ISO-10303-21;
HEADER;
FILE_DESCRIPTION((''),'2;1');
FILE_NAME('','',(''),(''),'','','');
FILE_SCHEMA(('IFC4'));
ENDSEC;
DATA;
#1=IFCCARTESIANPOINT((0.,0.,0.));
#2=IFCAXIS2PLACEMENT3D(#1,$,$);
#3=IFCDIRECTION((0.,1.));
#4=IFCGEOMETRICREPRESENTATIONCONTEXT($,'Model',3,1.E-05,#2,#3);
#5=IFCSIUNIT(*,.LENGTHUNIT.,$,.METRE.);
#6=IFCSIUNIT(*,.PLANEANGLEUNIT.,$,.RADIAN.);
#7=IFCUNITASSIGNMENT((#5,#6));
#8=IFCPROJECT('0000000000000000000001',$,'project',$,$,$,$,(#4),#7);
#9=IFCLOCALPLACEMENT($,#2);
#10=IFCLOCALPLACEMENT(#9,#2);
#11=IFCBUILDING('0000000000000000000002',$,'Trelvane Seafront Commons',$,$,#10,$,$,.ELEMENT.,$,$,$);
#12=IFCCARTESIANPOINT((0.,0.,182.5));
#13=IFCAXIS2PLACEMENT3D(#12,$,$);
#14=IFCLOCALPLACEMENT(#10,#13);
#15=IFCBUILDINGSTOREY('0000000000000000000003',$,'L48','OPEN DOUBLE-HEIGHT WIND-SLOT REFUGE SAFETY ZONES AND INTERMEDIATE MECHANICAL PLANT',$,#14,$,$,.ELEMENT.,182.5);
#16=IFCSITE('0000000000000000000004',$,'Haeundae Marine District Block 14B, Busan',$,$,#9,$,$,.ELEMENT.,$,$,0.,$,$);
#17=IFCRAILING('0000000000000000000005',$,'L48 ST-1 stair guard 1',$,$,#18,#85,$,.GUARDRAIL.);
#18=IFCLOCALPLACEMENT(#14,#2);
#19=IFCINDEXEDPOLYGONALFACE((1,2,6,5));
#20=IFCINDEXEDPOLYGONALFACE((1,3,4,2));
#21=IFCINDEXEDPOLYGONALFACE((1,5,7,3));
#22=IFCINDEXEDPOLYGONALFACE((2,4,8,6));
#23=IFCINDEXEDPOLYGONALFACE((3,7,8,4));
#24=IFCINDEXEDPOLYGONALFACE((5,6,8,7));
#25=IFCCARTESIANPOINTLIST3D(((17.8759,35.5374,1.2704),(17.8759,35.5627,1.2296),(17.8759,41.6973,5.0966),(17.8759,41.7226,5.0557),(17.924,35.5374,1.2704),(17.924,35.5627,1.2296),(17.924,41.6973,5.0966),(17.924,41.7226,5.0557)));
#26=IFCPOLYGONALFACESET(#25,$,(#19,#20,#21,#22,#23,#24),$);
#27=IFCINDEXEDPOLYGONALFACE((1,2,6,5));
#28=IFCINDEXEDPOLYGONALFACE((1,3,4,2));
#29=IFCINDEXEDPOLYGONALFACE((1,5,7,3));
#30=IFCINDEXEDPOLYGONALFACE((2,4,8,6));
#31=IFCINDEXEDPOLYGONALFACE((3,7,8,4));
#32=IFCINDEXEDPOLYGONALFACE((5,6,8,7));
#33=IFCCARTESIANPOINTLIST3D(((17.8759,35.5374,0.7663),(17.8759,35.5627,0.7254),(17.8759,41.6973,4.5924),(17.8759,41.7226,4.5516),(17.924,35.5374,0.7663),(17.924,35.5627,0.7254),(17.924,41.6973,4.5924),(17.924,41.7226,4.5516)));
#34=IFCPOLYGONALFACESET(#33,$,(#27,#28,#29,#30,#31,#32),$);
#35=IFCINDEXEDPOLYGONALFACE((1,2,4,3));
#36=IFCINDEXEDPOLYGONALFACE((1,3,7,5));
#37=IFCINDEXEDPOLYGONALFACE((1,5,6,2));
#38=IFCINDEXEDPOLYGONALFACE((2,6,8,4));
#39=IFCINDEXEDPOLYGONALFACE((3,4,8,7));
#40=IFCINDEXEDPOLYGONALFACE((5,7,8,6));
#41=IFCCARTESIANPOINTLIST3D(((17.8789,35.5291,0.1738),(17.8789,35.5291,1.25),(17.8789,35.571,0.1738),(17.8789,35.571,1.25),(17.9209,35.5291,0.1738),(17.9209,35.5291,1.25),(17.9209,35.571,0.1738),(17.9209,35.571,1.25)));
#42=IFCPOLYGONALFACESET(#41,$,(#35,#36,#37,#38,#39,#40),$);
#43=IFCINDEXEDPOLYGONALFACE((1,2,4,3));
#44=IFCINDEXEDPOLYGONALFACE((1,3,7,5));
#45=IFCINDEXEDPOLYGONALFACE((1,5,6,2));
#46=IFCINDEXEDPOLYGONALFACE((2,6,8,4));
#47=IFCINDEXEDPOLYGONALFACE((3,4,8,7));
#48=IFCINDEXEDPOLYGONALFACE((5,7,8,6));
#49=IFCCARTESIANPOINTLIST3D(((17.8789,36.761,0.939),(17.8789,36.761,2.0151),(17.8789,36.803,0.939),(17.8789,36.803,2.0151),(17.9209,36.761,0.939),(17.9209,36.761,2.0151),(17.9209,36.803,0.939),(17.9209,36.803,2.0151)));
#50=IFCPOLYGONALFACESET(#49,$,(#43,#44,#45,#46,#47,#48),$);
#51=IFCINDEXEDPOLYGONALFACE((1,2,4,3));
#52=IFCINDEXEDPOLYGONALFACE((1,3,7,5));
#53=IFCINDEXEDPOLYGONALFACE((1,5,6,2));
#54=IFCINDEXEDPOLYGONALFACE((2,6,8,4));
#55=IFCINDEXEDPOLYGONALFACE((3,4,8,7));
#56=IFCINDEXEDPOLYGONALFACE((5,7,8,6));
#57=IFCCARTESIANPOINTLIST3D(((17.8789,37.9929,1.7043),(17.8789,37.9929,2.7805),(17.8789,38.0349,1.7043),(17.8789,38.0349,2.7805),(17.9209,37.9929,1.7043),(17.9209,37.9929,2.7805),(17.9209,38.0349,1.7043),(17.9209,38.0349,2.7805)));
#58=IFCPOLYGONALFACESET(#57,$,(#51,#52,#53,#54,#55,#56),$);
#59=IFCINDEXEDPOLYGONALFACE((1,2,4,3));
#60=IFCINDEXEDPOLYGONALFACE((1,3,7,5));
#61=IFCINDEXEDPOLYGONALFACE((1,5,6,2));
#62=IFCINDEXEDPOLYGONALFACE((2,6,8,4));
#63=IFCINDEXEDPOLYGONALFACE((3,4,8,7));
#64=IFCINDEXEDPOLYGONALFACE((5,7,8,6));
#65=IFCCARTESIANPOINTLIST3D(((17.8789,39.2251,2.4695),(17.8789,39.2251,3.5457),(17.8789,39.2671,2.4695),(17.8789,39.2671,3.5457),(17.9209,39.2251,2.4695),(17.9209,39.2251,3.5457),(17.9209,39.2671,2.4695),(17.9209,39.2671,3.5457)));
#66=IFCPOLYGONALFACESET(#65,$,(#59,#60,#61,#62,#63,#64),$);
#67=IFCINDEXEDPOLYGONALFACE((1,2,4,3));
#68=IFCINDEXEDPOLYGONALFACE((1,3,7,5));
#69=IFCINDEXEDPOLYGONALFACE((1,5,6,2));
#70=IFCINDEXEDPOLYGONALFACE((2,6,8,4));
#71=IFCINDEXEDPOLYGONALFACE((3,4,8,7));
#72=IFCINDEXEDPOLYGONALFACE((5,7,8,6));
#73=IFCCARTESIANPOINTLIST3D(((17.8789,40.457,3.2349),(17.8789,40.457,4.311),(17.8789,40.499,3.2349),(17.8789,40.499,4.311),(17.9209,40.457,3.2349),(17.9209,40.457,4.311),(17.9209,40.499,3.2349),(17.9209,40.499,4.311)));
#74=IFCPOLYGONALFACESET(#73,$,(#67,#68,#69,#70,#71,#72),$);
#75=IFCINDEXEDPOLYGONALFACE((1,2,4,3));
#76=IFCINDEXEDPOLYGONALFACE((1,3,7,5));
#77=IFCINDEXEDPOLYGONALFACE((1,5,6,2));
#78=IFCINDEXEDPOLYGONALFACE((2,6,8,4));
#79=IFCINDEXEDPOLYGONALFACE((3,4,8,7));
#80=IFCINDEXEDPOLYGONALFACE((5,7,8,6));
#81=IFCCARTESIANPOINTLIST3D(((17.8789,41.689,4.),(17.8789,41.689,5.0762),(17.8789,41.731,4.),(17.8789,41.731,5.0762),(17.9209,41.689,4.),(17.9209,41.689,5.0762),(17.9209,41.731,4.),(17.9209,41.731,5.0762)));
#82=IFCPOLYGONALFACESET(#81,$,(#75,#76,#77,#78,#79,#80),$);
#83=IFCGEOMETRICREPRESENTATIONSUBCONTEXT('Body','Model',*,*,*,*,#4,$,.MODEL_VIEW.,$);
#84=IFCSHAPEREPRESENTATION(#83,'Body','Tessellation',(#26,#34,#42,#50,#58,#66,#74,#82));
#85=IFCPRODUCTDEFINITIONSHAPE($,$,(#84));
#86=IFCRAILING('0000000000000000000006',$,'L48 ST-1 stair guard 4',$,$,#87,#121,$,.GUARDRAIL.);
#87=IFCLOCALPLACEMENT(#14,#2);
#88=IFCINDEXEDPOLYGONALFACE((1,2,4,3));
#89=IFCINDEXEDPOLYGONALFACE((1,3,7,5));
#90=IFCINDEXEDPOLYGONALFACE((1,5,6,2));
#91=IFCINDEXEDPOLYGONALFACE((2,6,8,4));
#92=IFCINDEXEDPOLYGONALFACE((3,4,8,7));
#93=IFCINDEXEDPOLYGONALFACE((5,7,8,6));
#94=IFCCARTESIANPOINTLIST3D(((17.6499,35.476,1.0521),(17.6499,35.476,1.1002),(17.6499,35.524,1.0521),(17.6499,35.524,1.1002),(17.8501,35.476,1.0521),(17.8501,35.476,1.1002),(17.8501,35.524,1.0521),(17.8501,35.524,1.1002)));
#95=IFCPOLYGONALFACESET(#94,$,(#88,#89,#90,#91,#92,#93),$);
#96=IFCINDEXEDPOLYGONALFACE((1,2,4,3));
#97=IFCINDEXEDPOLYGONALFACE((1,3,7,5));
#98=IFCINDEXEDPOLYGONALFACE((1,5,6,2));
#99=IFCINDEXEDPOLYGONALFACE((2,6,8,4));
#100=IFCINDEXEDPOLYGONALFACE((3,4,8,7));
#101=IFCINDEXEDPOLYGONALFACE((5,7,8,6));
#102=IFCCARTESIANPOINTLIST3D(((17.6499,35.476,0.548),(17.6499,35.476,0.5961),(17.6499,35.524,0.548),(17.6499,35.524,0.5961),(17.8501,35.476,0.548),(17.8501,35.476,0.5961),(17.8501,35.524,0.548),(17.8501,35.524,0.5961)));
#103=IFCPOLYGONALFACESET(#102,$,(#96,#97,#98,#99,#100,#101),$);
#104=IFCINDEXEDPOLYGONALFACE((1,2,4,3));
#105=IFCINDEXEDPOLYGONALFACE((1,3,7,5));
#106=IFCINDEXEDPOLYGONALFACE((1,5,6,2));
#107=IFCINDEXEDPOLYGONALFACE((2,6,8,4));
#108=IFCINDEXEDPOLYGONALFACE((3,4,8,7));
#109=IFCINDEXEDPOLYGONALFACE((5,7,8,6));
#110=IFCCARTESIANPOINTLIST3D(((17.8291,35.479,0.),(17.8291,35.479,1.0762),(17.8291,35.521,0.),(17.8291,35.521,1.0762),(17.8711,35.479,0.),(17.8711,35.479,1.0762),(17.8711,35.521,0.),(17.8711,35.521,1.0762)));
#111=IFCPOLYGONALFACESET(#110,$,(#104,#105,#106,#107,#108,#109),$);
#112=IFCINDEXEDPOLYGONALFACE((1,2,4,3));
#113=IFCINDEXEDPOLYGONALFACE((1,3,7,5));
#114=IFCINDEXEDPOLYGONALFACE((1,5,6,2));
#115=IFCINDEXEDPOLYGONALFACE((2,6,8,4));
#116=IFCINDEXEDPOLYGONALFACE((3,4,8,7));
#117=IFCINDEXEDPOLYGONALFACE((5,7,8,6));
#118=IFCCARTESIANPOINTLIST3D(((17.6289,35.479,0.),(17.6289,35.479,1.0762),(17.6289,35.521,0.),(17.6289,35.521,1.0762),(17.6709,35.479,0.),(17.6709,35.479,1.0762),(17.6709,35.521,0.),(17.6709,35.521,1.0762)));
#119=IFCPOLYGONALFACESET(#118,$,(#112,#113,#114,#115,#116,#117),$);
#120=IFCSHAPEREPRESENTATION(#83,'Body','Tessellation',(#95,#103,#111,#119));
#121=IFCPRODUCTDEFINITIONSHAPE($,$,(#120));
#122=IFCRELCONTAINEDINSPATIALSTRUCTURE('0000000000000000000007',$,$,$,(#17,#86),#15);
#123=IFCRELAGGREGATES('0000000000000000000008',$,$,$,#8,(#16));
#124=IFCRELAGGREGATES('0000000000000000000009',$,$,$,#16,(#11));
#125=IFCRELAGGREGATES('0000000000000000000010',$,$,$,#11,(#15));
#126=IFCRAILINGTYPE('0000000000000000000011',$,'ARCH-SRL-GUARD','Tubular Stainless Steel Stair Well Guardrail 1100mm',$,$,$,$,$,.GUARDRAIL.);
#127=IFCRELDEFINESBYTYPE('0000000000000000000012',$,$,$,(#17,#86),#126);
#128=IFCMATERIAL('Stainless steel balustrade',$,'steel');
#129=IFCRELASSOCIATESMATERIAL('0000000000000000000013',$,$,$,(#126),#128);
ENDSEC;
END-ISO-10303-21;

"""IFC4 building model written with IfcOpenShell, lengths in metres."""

from ifc_helpers import new_model, si_unit, direction, frame, origin, origin_2d, place, context, subcontext, project, spatial, rectangle, extrude, material, type_object, element, save


model = new_model("IFC4")

# Units and contexts
model_context = context("Model", 3, precision=1e-05, world=origin(), true_north=direction((0.0, 1.0)))
body_context = subcontext(model_context, "Body", "Model", "MODEL_VIEW")
ifc_project = project(units=[si_unit("LENGTHUNIT", "METRE"), si_unit("PLANEANGLEUNIT", "RADIAN")], contexts=[model_context])

# Site, building, storey
site_placement = place(None, origin())
site = spatial("IfcSite", under=ifc_project, at=site_placement, Name="Haeundae Marine District Block 14B, Busan", CompositionType="ELEMENT", RefElevation=0.0)
building_placement = place(site_placement, origin())
building = spatial("IfcBuilding", under=site, at=building_placement, Name="Trelvane Seafront Commons", CompositionType="ELEMENT")
storey_placement = place(building_placement, frame((0.0, 0.0, 182.5)))
storey = spatial("IfcBuildingStorey", under=building, at=storey_placement, Name="L48", Description="OPEN DOUBLE-HEIGHT WIND-SLOT REFUGE SAFETY ZONES AND INTERMEDIATE MECHANICAL PLANT", CompositionType="ELEMENT", Elevation=182.5)

# Railings
ifc_material_1 = material(Name="Stainless steel balustrade", Category="steel")
railing_type = type_object("IfcRailingType", Name="ARCH-SRL-GUARD", Description="Tubular Stainless Steel Stair Well Guardrail 1100mm", PredefinedType="GUARDRAIL", material=ifc_material_1)
railing_1_placement = place(storey_placement, frame((17.8999, 35.55, 0.1738)))
element("IfcRailing", 1, at=railing_1_placement, inside=storey, type_object=railing_type, Name="L48 ST-1 stair guard 1", PredefinedType="GUARDRAIL", context=body_context, shape_type="SweptSolid", body=[
    extrude(rectangle(XDim=0.0481, YDim=0.0481, at=origin_2d()), frame((0.0, 0.0, 1.0762), z_axis=(0.0, 0.849468, 0.527639), x_axis=(-1.0, 0.0, 0.0)), (0.0, 0.0, 1.0), 7.2515),
    extrude(rectangle(XDim=0.0481, YDim=0.0481, at=origin_2d()), frame((0.0, 0.0, 0.572), z_axis=(0.0, 0.849468, 0.527639), x_axis=(-1.0, 0.0, 0.0)), (0.0, 0.0, 1.0), 7.2515),
    extrude(rectangle(XDim=0.042, YDim=0.042, at=origin_2d()), origin(), (0.0, 0.0, 1.0), 1.0762),
    extrude(rectangle(XDim=0.042, YDim=0.042, at=origin_2d()), frame((0.0, 1.2319, 0.7651)), (0.0, 0.0, 1.0), 1.0762),
    extrude(rectangle(XDim=0.042, YDim=0.042, at=origin_2d()), frame((0.0, 2.4639, 1.5305)), (0.0, 0.0, 1.0), 1.0762),
    extrude(rectangle(XDim=0.042, YDim=0.042, at=origin_2d()), frame((0.0, 3.696, 2.2957)), (0.0, 0.0, 1.0), 1.0762),
    extrude(rectangle(XDim=0.042, YDim=0.042, at=origin_2d()), frame((0.0, 4.928, 3.061)), (0.0, 0.0, 1.0), 1.0762),
    extrude(rectangle(XDim=0.042, YDim=0.042, at=origin_2d()), frame((0.0, 6.1599, 3.8262)), (0.0, 0.0, 1.0), 1.0762),
])
railing_2_placement = place(storey_placement, frame((17.8501, 35.5, 0.0)))
element("IfcRailing", 2, at=railing_2_placement, inside=storey, type_object=railing_type, Name="L48 ST-1 stair guard 4", PredefinedType="GUARDRAIL", context=body_context, shape_type="SweptSolid", body=[
    extrude(rectangle(XDim=0.0481, YDim=0.0481, at=origin_2d()), frame((0.0, 0.0, 1.0762), z_axis=(-1.0, 0.0, 0.0), x_axis=(0.0, -1.0, 0.0)), (0.0, 0.0, 1.0), 0.2002),
    extrude(rectangle(XDim=0.0481, YDim=0.0481, at=origin_2d()), frame((0.0, 0.0, 0.572), z_axis=(-1.0, 0.0, 0.0), x_axis=(0.0, -1.0, 0.0)), (0.0, 0.0, 1.0), 0.2002),
    extrude(rectangle(XDim=0.042, YDim=0.042, at=origin_2d()), origin(), (0.0, 0.0, 1.0), 1.0762),
    extrude(rectangle(XDim=0.042, YDim=0.042, at=origin_2d()), frame((-0.2002, 0.0, 0.0)), (0.0, 0.0, 1.0), 1.0762),
])

save(model, "model.ifc")
